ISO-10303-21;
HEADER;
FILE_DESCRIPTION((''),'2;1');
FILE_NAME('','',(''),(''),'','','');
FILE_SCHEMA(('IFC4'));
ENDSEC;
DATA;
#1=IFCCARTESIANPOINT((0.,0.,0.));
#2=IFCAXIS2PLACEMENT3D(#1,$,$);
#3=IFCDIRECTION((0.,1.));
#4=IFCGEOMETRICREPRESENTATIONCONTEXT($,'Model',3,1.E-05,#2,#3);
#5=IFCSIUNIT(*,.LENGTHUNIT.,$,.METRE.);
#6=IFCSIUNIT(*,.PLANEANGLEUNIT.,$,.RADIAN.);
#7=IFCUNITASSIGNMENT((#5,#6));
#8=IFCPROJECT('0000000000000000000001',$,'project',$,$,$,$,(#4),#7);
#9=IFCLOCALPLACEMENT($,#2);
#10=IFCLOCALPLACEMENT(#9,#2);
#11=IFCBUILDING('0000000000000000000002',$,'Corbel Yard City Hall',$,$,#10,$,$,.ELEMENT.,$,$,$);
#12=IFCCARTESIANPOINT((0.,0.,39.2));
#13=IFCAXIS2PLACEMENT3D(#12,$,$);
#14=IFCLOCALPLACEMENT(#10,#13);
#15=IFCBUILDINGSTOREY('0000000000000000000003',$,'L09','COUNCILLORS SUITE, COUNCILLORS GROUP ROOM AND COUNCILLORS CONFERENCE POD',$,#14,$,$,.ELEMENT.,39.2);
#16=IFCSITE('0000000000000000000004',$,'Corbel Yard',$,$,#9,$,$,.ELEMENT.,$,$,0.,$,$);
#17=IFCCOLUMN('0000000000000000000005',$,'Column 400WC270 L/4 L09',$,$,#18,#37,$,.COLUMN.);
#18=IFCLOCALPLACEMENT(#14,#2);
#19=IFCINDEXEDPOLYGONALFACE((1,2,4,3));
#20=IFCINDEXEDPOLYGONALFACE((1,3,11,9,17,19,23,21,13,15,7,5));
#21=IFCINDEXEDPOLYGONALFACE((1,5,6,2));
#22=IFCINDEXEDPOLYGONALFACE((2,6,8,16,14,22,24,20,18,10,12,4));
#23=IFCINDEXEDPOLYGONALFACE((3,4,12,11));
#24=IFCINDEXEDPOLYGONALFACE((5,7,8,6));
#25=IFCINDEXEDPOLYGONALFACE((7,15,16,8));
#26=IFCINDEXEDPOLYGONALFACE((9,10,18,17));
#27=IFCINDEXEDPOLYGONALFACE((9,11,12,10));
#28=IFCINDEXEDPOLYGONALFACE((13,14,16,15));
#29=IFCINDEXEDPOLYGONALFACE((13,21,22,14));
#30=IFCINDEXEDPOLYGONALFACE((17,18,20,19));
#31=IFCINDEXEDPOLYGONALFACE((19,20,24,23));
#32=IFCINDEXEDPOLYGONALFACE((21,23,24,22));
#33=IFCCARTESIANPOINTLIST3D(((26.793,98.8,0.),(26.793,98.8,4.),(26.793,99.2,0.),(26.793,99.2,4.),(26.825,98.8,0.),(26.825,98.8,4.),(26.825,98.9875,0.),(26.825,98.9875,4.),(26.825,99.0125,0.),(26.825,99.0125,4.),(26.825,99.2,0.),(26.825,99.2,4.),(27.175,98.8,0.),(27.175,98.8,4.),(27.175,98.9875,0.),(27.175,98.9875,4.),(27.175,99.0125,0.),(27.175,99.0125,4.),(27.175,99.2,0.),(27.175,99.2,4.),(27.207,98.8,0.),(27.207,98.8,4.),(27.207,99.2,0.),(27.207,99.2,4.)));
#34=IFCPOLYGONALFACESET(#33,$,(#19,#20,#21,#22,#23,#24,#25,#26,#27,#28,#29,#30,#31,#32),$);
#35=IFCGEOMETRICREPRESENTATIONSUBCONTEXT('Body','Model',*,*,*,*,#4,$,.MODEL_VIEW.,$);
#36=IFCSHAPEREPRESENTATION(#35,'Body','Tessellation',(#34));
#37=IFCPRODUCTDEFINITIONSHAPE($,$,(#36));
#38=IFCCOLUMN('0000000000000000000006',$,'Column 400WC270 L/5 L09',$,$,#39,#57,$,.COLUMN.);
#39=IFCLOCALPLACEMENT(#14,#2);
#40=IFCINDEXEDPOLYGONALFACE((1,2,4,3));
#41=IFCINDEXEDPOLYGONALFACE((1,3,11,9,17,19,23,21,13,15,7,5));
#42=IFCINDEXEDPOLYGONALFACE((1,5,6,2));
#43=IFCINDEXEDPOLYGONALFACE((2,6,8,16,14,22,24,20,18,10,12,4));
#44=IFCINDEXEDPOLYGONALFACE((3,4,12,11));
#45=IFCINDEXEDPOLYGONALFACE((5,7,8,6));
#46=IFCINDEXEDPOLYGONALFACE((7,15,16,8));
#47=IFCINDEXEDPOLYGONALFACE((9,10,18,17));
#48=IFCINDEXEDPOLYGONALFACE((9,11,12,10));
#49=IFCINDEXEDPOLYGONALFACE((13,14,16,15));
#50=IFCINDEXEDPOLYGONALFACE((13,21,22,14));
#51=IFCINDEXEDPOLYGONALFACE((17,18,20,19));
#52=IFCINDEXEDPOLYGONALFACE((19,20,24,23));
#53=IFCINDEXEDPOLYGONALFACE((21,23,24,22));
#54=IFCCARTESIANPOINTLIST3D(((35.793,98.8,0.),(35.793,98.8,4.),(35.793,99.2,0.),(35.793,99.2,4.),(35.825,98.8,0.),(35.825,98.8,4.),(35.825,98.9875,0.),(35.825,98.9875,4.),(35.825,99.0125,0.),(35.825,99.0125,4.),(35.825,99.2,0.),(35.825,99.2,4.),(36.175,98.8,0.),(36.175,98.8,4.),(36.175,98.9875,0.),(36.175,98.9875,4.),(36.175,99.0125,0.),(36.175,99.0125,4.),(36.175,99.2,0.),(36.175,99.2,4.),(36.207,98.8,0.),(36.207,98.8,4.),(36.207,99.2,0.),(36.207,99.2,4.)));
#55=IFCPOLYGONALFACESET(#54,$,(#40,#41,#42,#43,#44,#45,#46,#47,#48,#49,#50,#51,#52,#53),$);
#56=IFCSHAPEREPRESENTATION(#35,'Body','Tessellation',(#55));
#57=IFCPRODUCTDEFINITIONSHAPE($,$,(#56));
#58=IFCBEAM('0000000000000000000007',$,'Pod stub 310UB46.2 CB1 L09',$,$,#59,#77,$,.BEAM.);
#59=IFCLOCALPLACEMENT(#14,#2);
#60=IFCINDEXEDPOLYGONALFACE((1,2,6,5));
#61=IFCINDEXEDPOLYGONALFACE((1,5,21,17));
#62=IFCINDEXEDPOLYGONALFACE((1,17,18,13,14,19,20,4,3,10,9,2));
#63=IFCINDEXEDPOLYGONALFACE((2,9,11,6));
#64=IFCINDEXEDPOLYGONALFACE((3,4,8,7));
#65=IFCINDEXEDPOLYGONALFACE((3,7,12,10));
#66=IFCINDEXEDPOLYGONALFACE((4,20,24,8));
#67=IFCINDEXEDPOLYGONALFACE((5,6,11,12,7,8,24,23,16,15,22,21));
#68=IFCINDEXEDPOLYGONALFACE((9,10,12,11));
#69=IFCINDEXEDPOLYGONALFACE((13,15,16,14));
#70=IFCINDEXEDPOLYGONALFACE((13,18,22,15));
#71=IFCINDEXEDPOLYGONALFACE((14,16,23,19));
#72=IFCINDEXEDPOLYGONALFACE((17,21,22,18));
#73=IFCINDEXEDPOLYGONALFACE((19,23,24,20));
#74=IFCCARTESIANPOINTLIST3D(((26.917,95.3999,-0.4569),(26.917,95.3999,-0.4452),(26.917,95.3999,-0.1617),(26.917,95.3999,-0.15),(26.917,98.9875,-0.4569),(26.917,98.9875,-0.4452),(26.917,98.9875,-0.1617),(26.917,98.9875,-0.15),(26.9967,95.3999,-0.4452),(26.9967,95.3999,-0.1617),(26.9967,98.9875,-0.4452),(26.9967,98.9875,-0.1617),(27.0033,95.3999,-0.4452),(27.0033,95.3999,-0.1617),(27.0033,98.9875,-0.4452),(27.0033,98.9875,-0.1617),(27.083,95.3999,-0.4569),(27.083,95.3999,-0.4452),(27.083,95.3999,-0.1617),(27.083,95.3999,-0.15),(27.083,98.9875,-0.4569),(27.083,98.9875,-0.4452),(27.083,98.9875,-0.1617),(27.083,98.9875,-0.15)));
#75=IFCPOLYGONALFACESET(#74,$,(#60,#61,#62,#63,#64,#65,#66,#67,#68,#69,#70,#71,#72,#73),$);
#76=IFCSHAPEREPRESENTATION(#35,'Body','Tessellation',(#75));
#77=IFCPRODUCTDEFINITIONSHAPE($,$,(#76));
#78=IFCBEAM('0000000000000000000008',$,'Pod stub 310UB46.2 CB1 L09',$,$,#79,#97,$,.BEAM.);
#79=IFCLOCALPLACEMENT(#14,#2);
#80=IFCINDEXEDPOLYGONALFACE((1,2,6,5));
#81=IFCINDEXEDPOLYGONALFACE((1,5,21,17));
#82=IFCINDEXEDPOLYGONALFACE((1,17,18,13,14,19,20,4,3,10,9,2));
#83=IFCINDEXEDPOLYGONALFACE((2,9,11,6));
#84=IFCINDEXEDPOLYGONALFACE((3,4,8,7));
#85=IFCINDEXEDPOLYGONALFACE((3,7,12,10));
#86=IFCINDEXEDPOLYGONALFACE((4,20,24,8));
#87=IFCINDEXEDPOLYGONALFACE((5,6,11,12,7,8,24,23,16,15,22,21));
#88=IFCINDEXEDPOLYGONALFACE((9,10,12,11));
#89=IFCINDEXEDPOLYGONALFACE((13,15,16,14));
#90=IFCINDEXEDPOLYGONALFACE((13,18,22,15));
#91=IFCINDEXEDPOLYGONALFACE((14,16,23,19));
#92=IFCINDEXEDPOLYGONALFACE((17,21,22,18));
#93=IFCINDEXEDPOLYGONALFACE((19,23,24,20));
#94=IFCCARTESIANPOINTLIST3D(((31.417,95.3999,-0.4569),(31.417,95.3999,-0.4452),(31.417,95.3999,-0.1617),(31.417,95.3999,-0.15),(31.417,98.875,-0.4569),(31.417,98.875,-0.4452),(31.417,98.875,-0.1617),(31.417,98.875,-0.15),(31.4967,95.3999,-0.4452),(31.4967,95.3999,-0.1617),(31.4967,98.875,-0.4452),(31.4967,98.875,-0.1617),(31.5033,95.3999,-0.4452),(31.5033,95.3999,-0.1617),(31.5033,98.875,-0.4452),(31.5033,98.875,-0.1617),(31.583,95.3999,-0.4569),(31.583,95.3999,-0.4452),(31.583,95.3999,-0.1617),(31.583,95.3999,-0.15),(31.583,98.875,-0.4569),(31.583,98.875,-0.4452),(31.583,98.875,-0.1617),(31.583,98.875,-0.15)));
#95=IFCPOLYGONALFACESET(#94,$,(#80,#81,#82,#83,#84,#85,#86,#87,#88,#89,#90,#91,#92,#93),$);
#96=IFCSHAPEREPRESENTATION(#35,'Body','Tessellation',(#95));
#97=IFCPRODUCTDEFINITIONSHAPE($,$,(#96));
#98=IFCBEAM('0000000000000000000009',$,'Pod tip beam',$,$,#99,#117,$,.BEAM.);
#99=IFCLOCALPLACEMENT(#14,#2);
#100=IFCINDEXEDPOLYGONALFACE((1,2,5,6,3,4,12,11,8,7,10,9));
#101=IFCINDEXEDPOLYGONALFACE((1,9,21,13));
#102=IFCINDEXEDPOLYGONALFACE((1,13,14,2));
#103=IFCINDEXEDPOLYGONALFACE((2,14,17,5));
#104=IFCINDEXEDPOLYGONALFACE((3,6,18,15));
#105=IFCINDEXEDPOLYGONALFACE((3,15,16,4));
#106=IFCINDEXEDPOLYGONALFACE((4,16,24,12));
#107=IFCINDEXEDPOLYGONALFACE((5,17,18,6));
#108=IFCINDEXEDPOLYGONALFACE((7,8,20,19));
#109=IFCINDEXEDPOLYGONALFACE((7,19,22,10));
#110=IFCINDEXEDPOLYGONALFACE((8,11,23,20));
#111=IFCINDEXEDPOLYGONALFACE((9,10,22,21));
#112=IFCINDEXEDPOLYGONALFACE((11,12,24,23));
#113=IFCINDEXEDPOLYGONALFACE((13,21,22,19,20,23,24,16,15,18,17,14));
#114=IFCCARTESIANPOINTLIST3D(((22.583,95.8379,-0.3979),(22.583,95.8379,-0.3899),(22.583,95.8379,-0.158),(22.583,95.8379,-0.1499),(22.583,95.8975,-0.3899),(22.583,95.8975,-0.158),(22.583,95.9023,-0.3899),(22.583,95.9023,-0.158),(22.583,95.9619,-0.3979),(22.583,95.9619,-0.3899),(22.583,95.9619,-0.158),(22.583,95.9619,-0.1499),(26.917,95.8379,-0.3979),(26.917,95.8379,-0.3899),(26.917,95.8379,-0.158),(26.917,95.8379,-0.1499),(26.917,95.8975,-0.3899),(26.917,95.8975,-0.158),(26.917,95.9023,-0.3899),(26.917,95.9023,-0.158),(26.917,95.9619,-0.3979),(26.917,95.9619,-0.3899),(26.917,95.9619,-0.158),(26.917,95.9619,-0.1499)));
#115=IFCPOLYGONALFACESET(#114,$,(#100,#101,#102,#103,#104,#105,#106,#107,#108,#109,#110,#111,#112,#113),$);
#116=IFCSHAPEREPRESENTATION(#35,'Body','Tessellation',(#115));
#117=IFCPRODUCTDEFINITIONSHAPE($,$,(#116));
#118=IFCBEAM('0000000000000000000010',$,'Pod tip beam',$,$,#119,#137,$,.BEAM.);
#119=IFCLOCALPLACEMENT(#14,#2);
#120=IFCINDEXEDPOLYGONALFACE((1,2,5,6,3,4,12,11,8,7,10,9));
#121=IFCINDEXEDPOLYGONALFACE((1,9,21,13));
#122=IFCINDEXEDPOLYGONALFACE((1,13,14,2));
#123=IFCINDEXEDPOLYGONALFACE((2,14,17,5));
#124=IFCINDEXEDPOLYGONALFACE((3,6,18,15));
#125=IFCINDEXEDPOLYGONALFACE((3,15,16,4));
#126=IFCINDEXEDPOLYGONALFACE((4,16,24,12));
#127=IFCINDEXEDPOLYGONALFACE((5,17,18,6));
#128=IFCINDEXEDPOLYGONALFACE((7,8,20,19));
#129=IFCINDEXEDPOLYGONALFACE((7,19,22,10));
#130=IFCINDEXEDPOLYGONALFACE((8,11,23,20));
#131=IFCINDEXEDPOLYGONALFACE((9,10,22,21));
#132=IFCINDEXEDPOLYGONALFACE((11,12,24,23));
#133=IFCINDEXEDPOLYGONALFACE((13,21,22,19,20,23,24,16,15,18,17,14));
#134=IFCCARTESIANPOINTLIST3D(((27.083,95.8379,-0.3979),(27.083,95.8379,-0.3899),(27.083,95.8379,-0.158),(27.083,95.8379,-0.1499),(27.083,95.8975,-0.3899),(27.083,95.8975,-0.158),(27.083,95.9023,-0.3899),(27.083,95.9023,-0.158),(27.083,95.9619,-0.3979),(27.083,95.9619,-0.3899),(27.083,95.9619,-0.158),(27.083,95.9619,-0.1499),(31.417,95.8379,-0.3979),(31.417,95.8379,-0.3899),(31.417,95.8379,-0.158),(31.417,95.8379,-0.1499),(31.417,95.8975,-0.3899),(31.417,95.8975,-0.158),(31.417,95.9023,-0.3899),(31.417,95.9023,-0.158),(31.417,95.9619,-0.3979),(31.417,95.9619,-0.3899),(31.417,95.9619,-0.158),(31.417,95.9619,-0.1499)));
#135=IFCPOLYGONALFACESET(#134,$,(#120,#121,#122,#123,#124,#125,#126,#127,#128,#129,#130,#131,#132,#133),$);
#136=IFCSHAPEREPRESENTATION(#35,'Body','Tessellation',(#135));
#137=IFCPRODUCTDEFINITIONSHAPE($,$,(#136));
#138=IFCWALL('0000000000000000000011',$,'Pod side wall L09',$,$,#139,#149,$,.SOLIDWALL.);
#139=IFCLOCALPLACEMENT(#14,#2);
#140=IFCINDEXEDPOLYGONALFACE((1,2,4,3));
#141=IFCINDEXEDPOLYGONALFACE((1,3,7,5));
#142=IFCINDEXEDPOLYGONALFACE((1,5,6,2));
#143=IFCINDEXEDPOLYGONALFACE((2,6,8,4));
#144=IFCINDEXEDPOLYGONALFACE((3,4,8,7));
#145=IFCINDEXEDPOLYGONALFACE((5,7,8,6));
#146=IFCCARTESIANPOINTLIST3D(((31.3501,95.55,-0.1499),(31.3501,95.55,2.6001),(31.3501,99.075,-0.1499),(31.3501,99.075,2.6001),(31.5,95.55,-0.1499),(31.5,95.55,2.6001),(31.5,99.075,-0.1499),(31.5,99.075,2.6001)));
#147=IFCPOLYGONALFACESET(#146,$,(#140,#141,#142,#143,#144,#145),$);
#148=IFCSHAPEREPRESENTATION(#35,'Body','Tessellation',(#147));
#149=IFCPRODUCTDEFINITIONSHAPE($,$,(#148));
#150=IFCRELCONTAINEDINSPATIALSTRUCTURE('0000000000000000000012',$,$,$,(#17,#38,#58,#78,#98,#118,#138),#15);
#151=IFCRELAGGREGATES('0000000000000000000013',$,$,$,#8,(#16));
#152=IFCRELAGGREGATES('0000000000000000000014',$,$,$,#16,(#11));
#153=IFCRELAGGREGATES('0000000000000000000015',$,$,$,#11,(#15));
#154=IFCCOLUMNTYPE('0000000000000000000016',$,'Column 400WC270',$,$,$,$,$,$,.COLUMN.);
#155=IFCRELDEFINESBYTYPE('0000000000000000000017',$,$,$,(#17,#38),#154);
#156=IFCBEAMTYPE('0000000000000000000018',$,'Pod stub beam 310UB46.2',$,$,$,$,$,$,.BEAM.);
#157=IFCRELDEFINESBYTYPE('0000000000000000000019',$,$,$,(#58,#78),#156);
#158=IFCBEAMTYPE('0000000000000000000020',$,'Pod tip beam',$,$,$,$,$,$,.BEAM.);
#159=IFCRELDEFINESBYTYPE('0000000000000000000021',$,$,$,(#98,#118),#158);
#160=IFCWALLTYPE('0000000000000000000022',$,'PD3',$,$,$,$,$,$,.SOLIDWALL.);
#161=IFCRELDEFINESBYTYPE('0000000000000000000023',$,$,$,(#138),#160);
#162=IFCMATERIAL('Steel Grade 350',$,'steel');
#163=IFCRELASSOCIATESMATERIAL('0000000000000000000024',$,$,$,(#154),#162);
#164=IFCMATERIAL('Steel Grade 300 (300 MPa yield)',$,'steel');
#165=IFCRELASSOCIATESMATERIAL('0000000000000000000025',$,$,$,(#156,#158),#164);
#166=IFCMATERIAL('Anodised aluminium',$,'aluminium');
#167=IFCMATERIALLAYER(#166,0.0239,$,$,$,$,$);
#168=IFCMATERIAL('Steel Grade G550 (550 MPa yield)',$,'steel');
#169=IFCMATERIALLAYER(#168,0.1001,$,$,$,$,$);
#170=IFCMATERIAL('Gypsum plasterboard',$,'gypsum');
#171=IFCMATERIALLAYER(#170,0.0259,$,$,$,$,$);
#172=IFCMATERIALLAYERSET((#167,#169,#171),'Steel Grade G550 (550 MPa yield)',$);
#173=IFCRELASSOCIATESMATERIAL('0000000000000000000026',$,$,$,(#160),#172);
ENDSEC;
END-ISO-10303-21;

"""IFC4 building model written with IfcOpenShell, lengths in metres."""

from ifc_helpers import new_model, si_unit, direction, frame, frame_2d, origin, origin_2d, place, context, subcontext, project, spatial, rectangle, i_section, extrude, material, layer, layer_set, material_profile, profile_set, type_object, element, save


model = new_model("IFC4")

# Units and contexts
model_context = context("Model", 3, precision=1e-05, world=origin(), true_north=direction((0.0, 1.0)))
body_context = subcontext(model_context, "Body", "Model", "MODEL_VIEW")
ifc_project = project(units=[si_unit("LENGTHUNIT", "METRE"), si_unit("PLANEANGLEUNIT", "RADIAN")], contexts=[model_context])

# Site, building, storey
site_placement = place(None, origin())
site = spatial("IfcSite", under=ifc_project, at=site_placement, Name="Corbel Yard", CompositionType="ELEMENT", RefElevation=0.0)
building_placement = place(site_placement, origin())
building = spatial("IfcBuilding", under=site, at=building_placement, Name="Corbel Yard City Hall", CompositionType="ELEMENT")
storey_placement = place(building_placement, frame((0.0, 0.0, 39.2)))
storey = spatial("IfcBuildingStorey", under=building, at=storey_placement, Name="L09", Description="COUNCILLORS SUITE, COUNCILLORS GROUP ROOM AND COUNCILLORS CONFERENCE POD", CompositionType="ELEMENT", Elevation=39.2)

# Columns
ifc_material_1 = material(Name="Steel Grade 350", Category="steel")
ifc_material_profile_1 = material_profile(ifc_material_1, i_section(OverallWidth=0.3999, OverallDepth=0.4141, WebThickness=0.0249, FlangeThickness=0.032, at=origin_2d()), Name="400WC270")
ifc_profile_set_1 = profile_set([ifc_material_profile_1], Name="Steel Grade 350")
column_type = type_object("IfcColumnType", Name="Column 400WC270", PredefinedType="COLUMN", material=ifc_profile_set_1)
for number, where, z_axis, x_axis, name in (
    (1, (27.0, 99.0, 0.0), (0.0, 0.0, 1.0), (0.0, 1.0, 0.0), "Column 400WC270 L/4 L09"),
    (2, (36.0, 99.0, 0.0), (0.0, 0.0, 1.0), (0.0, 1.0, 0.0), "Column 400WC270 L/5 L09"),
):
    element("IfcColumn", number, at=place(storey_placement, frame(where, z_axis=z_axis, x_axis=x_axis)), inside=storey, type_object=column_type, Name=name, PredefinedType="COLUMN", context=body_context, shape_type="SweptSolid", body=[
        extrude(i_section(OverallWidth=0.3999, OverallDepth=0.4141, WebThickness=0.0249, FlangeThickness=0.032, at=origin_2d()), origin(), (0.0, 0.0, 1.0), 4.0),
    ])

# Beams
ifc_material_2 = material(Name="Steel Grade 300 (300 MPa yield)", Category="steel")
ifc_material_profile_2 = material_profile(ifc_material_2, i_section(OverallWidth=0.166, OverallDepth=0.3069, WebThickness=0.0066, FlangeThickness=0.0117, at=origin_2d()), Name="310UB46.2")
ifc_profile_set_2 = profile_set([ifc_material_profile_2], Name="Steel Grade 300 (300 MPa yield)")
beam_type_1 = type_object("IfcBeamType", Name="Pod stub beam 310UB46.2", PredefinedType="BEAM", material=ifc_profile_set_2)
beam_1_placement = place(storey_placement, frame((27.0, 95.3999, -0.3035), z_axis=(0.0, 1.0, 0.0), x_axis=(-1.0, 0.0, 0.0)))
element("IfcBeam", 3, at=beam_1_placement, inside=storey, type_object=beam_type_1, Name="Pod stub 310UB46.2 CB1 L09", PredefinedType="BEAM", context=body_context, shape_type="SweptSolid", body=[
    extrude(i_section(OverallWidth=0.166, OverallDepth=0.3069, WebThickness=0.0066, FlangeThickness=0.0117, at=origin_2d()), origin(), (0.0, 0.0, 1.0), 3.5876),
])
beam_2_placement = place(storey_placement, frame((31.5, 95.3999, -0.3035), z_axis=(0.0, 1.0, 0.0), x_axis=(-1.0, 0.0, 0.0)))
element("IfcBeam", 4, at=beam_2_placement, inside=storey, type_object=beam_type_1, Name="Pod stub 310UB46.2 CB1 L09", PredefinedType="BEAM", context=body_context, shape_type="SweptSolid", body=[
    extrude(i_section(OverallWidth=0.166, OverallDepth=0.3069, WebThickness=0.0066, FlangeThickness=0.0117, at=origin_2d()), origin(), (0.0, 0.0, 1.0), 3.4751),
])
ifc_material_profile_3 = material_profile(ifc_material_2, i_section(OverallWidth=0.124, OverallDepth=0.248, WebThickness=0.0049, FlangeThickness=0.0081, at=origin_2d()), Name="250UB25.7")
ifc_profile_set_3 = profile_set([ifc_material_profile_3], Name="Steel Grade 300 (300 MPa yield)")
beam_type_2 = type_object("IfcBeamType", Name="Pod tip beam", PredefinedType="BEAM", material=ifc_profile_set_3)
for number, where, z_axis, x_axis, name in (
    (5, (22.583, 95.8999, -0.2739), (1.0, 0.0, 0.0), (0.0, 1.0, 0.0), "Pod tip beam"),
    (6, (27.083, 95.8999, -0.2739), (1.0, 0.0, 0.0), (0.0, 1.0, 0.0), "Pod tip beam"),
):
    element("IfcBeam", number, at=place(storey_placement, frame(where, z_axis=z_axis, x_axis=x_axis)), inside=storey, type_object=beam_type_2, Name=name, PredefinedType="BEAM", context=body_context, shape_type="SweptSolid", body=[
        extrude(i_section(OverallWidth=0.124, OverallDepth=0.248, WebThickness=0.0049, FlangeThickness=0.0081, at=origin_2d()), origin(), (0.0, 0.0, 1.0), 4.334),
    ])

# Wall
ifc_material_3 = material(Name="Anodised aluminium", Category="aluminium")
ifc_layer_1 = layer(ifc_material_3, 0.0239)
ifc_material_4 = material(Name="Steel Grade G550 (550 MPa yield)", Category="steel")
ifc_layer_2 = layer(ifc_material_4, 0.1001)
ifc_material_5 = material(Name="Gypsum plasterboard", Category="gypsum")
ifc_layer_3 = layer(ifc_material_5, 0.0259)
ifc_layer_set_1 = layer_set([ifc_layer_1, ifc_layer_2, ifc_layer_3], Name="Steel Grade G550 (550 MPa yield)")
wall_type_1 = type_object("IfcWallType", Name="PD3", PredefinedType="SOLIDWALL", material=ifc_layer_set_1)
wall_1_placement = place(storey_placement, frame((31.425, 95.55, -0.1499), z_axis=(0.0, 0.0, 1.0), x_axis=(0.0, 1.0, 0.0)))
element("IfcWall", 7, at=wall_1_placement, inside=storey, type_object=wall_type_1, Name="Pod side wall L09", PredefinedType="SOLIDWALL", context=body_context, shape_type="SweptSolid", body=[
    extrude(rectangle(XDim=3.5249, YDim=0.1499, at=frame_2d((1.7625, 0.0))), origin(), (0.0, 0.0, 1.0), 2.75),
])

save(model, "model.ifc")
